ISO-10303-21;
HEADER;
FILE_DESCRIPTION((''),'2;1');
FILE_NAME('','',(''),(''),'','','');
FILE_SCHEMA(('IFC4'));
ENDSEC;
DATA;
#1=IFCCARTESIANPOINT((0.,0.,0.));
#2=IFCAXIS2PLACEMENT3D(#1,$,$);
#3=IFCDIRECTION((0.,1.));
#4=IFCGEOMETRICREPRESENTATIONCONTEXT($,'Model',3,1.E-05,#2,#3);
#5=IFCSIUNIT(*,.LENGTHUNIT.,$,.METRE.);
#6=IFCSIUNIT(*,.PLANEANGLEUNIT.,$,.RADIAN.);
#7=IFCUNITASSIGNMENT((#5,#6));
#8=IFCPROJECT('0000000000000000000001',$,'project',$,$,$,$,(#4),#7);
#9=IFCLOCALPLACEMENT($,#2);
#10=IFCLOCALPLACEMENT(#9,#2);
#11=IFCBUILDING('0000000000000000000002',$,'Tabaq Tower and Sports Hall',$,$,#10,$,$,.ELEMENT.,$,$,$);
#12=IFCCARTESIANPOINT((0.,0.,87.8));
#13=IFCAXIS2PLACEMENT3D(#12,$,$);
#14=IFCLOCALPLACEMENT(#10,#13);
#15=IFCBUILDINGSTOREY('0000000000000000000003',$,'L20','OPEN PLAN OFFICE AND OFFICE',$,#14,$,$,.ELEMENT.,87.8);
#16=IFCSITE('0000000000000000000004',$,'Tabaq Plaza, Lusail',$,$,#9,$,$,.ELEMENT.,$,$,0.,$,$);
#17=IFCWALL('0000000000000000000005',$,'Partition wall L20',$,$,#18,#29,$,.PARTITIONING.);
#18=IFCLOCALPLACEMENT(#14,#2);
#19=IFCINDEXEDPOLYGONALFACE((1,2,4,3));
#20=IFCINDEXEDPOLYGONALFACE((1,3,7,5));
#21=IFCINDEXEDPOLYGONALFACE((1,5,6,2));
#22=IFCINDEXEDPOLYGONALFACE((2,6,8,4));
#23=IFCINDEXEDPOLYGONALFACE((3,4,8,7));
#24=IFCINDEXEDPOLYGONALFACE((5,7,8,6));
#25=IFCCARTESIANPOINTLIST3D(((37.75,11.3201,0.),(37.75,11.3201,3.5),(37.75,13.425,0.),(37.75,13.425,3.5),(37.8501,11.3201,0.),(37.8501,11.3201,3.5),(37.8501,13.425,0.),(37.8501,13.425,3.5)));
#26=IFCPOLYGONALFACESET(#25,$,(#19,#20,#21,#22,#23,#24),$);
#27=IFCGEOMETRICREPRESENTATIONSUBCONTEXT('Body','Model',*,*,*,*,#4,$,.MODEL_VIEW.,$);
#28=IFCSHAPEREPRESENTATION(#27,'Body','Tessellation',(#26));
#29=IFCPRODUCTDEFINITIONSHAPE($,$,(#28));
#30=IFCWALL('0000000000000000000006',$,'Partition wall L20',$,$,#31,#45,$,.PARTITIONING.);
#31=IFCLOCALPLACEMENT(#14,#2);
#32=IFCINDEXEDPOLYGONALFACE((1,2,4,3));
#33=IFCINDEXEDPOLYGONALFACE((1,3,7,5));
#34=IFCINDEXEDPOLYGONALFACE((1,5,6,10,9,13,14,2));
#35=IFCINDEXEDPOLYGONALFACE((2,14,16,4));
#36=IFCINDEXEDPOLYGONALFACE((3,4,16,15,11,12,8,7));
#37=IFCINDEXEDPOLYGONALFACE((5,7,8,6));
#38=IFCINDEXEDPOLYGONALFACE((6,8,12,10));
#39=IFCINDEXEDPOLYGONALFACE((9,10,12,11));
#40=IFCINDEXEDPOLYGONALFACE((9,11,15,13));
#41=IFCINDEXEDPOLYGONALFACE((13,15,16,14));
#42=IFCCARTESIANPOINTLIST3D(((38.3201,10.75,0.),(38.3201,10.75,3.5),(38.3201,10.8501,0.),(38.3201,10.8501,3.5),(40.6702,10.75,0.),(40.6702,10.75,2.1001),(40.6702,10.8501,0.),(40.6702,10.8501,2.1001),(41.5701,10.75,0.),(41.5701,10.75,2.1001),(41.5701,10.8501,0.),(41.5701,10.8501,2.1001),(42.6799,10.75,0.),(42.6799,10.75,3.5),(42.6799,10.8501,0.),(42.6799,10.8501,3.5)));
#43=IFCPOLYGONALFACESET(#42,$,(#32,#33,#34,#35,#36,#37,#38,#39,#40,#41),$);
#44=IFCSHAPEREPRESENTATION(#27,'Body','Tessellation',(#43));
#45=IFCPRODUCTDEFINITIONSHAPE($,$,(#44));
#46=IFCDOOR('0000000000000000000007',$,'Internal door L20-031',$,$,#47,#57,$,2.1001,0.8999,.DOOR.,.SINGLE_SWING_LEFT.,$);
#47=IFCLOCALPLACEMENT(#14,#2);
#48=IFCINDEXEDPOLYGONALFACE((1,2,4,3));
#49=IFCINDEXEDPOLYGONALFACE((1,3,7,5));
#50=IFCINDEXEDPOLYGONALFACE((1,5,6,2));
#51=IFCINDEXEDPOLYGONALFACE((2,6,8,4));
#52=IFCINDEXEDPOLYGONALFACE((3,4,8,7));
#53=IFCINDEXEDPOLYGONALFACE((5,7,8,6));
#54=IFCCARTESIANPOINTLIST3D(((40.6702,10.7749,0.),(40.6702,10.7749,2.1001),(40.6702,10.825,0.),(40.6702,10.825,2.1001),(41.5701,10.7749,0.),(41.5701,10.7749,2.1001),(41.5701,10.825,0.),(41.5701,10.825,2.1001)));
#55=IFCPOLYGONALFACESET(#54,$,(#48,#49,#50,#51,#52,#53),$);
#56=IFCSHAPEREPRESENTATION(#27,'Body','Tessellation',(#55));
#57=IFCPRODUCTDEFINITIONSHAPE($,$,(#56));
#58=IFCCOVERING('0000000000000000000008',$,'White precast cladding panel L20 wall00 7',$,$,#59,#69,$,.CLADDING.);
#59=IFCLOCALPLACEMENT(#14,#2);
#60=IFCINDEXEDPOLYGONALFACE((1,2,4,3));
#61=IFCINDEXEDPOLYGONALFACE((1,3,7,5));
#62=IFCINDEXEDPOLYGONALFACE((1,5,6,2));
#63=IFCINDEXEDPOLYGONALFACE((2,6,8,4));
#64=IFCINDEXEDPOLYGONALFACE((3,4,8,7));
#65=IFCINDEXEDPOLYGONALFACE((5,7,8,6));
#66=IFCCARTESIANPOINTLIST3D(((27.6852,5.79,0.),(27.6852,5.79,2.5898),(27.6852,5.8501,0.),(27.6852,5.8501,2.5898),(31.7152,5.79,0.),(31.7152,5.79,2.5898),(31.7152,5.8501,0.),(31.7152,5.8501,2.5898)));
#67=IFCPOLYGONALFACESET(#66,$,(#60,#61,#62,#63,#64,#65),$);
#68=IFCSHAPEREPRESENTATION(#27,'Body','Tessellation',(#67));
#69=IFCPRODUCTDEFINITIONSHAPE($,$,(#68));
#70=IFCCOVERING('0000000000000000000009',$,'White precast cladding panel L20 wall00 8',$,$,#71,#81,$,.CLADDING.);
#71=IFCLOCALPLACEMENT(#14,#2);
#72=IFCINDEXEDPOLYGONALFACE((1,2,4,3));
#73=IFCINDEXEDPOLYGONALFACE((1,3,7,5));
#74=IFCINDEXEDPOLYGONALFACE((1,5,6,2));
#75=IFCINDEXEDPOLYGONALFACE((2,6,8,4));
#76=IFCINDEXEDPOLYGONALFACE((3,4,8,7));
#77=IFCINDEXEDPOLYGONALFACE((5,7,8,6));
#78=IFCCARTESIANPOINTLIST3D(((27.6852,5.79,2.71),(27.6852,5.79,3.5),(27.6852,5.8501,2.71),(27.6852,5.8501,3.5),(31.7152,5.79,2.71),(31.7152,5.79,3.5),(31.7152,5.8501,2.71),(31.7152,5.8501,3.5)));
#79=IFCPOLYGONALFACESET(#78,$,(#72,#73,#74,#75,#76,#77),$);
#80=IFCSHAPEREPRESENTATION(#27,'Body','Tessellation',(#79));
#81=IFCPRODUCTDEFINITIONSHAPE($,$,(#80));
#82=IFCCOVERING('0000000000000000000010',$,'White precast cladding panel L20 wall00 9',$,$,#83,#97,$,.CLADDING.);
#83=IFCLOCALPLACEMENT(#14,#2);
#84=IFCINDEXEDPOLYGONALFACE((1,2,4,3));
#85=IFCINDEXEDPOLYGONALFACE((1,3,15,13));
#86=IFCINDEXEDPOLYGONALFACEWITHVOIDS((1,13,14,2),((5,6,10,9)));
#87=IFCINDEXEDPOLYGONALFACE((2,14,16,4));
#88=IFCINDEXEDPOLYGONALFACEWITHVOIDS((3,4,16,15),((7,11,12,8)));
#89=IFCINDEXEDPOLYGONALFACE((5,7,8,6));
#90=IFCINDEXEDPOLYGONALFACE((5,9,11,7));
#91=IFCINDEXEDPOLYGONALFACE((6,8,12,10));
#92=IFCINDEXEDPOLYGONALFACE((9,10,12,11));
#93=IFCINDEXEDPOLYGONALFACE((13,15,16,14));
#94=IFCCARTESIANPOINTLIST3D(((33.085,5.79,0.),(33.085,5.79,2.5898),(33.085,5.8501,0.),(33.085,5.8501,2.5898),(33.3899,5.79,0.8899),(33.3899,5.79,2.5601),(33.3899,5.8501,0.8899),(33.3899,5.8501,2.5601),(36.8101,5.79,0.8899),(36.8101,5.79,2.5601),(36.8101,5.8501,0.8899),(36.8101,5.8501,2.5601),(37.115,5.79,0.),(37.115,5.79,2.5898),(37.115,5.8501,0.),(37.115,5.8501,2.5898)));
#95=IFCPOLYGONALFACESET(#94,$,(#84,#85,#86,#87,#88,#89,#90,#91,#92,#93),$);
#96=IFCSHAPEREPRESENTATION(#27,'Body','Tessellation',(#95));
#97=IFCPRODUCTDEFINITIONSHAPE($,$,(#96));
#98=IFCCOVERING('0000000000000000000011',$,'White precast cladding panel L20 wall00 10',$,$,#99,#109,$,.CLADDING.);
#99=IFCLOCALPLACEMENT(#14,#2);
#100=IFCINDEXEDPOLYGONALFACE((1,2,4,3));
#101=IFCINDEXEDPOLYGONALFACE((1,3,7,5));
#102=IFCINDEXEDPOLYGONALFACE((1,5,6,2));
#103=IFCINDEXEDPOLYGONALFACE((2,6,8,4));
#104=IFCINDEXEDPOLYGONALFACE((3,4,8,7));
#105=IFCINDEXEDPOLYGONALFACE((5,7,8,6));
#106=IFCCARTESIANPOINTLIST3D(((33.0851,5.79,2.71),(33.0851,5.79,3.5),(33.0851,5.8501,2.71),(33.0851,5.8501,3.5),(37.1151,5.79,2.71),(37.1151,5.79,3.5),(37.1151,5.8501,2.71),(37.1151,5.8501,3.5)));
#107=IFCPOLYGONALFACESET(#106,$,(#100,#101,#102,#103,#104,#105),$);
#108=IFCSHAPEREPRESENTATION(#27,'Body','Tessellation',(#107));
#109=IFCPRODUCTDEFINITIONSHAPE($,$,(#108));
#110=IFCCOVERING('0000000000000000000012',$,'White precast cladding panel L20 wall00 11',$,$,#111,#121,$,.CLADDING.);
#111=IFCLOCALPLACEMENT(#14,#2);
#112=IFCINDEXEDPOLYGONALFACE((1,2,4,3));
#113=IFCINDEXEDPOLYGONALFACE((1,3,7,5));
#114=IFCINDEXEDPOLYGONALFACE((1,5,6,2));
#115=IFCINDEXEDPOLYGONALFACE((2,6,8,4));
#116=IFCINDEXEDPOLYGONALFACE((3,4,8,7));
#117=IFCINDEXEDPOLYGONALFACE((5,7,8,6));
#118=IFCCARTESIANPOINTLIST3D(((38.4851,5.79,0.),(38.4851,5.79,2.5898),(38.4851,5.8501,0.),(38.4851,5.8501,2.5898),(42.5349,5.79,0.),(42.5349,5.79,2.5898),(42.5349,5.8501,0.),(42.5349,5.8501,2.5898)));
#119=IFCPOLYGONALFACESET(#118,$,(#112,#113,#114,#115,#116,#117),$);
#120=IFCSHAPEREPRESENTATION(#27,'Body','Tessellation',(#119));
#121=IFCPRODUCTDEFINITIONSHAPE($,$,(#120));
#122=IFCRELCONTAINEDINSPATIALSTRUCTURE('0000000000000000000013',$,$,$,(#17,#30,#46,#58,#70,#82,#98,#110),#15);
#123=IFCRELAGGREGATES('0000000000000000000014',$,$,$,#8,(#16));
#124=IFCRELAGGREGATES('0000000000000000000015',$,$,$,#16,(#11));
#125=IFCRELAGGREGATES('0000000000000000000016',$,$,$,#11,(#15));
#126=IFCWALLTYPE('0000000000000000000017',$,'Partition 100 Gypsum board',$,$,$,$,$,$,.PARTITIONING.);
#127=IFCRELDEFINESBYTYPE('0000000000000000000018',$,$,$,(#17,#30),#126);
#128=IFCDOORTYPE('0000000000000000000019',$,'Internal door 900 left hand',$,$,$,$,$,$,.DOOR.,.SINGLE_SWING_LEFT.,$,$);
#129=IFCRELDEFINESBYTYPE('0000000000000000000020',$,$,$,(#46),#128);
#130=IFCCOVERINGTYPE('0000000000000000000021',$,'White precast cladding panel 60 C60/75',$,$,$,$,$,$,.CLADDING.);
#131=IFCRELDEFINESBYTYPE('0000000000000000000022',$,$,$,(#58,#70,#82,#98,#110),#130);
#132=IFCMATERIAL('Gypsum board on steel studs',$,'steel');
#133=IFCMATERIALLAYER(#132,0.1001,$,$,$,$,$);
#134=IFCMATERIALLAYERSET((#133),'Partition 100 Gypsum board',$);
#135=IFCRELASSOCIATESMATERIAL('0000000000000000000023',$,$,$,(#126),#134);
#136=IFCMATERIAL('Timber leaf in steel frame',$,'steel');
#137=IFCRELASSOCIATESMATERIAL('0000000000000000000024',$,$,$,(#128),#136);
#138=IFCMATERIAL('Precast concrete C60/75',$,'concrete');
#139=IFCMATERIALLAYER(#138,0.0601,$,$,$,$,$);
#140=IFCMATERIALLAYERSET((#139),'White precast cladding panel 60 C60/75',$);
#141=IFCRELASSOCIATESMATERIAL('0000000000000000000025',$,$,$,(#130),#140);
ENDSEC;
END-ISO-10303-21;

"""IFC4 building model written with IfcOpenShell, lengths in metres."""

from ifc_helpers import new_model, si_unit, direction, frame, frame_2d, origin, place, context, subcontext, project, spatial, polyline, rectangle, outline, extrude, material, layer, layer_set, type_object, element, fill, save


model = new_model("IFC4")

# Units and contexts
model_context = context("Model", 3, precision=1e-05, world=origin(), true_north=direction((0.0, 1.0)))
body_context = subcontext(model_context, "Body", "Model", "MODEL_VIEW")
ifc_project = project(units=[si_unit("LENGTHUNIT", "METRE"), si_unit("PLANEANGLEUNIT", "RADIAN")], contexts=[model_context])

# Site, building, storey
site_placement = place(None, origin())
site = spatial("IfcSite", under=ifc_project, at=site_placement, Name="Tabaq Plaza, Lusail", CompositionType="ELEMENT", RefElevation=0.0)
building_placement = place(site_placement, origin())
building = spatial("IfcBuilding", under=site, at=building_placement, Name="Tabaq Tower and Sports Hall", CompositionType="ELEMENT")
storey_placement = place(building_placement, frame((0.0, 0.0, 87.8)))
storey = spatial("IfcBuildingStorey", under=building, at=storey_placement, Name="L20", Description="OPEN PLAN OFFICE AND OFFICE", CompositionType="ELEMENT", Elevation=87.8)

# Shared definitions
ifc_material_1 = material(Name="Gypsum board on steel studs", Category="steel")
ifc_layer_1 = layer(ifc_material_1, 0.1001)
ifc_layer_set_1 = layer_set([ifc_layer_1], Name="Partition 100 Gypsum board")
wall_type = type_object("IfcWallType", Name="Partition 100 Gypsum board", PredefinedType="PARTITIONING", material=ifc_layer_set_1)

# Shared definitions
ifc_material_2 = material(Name="Timber leaf in steel frame", Category="steel")
door_type = type_object("IfcDoorType", Name="Internal door 900 left hand", OperationType="SINGLE_SWING_LEFT", PredefinedType="DOOR", material=ifc_material_2)

# Wall
wall_1_placement = place(storey_placement, frame((37.8, 11.3201, 0.0), z_axis=(0.0, 0.0, 1.0), x_axis=(0.0, 1.0, 0.0)))
element("IfcWall", 1, at=wall_1_placement, inside=storey, type_object=wall_type, Name="Partition wall L20", PredefinedType="PARTITIONING", context=body_context, shape_type="SweptSolid", body=[
    extrude(rectangle(XDim=2.105, YDim=0.1001, at=frame_2d((1.0525, 0.0))), origin(), (0.0, 0.0, 1.0), 3.5),
])

# Wall, opening, door
wall_2_placement = place(storey_placement, frame((38.3201, 10.8, 0.0), z_axis=(0.0, 0.0, 1.0), x_axis=(1.0, 0.0, 0.0)))
wall_2 = element("IfcWall", 2, at=wall_2_placement, inside=storey, type_object=wall_type, Name="Partition wall L20", PredefinedType="PARTITIONING", context=body_context, shape_type="SweptSolid", body=[
    extrude(rectangle(XDim=4.3599, YDim=0.1001, at=frame_2d((2.1799, 0.0))), origin(), (0.0, 0.0, 1.0), 3.5),
])
opening_1_placement = place(wall_2_placement, frame((2.3501, 0.0, 0.0)))
opening_1 = element("IfcOpeningElement", 3, at=opening_1_placement, cuts=wall_2, PredefinedType="OPENING", context=body_context, shape_type="SweptSolid", body=[
    extrude(rectangle(XDim=0.8999, YDim=2.1001, at=frame_2d((0.45, 1.05))), frame((0.0, 0.05, 0.0), z_axis=(0.0, -1.0, 0.0), x_axis=(1.0, 0.0, 0.0)), (0.0, 0.0, 1.0), 0.1001),
])
door_1_placement = place(opening_1_placement, origin())
door_1 = element("IfcDoor", 4, at=door_1_placement, inside=storey, type_object=door_type, Name="Internal door L20-031", OperationType="SINGLE_SWING_LEFT", OverallHeight=2.1001, OverallWidth=0.8999, PredefinedType="DOOR", context=body_context, shape_type="SweptSolid", body=[
    extrude(rectangle(XDim=0.8999, YDim=2.1001, at=frame_2d((0.45, 1.05))), frame((0.0, 0.0249, 0.0), z_axis=(0.0, -1.0, 0.0), x_axis=(1.0, 0.0, 0.0)), (0.0, 0.0, 1.0), 0.05),
])
fill(opening_1, door_1)

# Coverings
ifc_material_3 = material(Name="Precast concrete C60/75", Category="concrete")
ifc_layer_2 = layer(ifc_material_3, 0.0601)
ifc_layer_set_2 = layer_set([ifc_layer_2], Name="White precast cladding panel 60 C60/75")
covering_type = type_object("IfcCoveringType", Name="White precast cladding panel 60 C60/75", PredefinedType="CLADDING", material=ifc_layer_set_2)
covering_1_placement = place(storey_placement, frame((27.6851, 5.8201, 0.0), z_axis=(0.0, 0.0, 1.0), x_axis=(1.0, 0.0, 0.0)))
element("IfcCovering", 5, at=covering_1_placement, inside=storey, type_object=covering_type, Name="White precast cladding panel L20 wall00 7", PredefinedType="CLADDING", context=body_context, shape_type="SweptSolid", body=[
    extrude(rectangle(XDim=4.03, YDim=0.0601, at=frame_2d((2.0151, 0.0))), origin(), (0.0, 0.0, 1.0), 2.5898),
])
covering_2_placement = place(storey_placement, frame((27.6851, 5.8201, 2.71), z_axis=(0.0, 0.0, 1.0), x_axis=(1.0, 0.0, 0.0)))
element("IfcCovering", 6, at=covering_2_placement, inside=storey, type_object=covering_type, Name="White precast cladding panel L20 wall00 8", PredefinedType="CLADDING", context=body_context, shape_type="SweptSolid", body=[
    extrude(rectangle(XDim=4.03, YDim=0.0601, at=frame_2d((2.0151, 0.0))), origin(), (0.0, 0.0, 1.0), 0.79),
])
covering_3_placement = place(storey_placement, frame((33.085, 5.8201, 0.0), z_axis=(0.0, 0.0, 1.0), x_axis=(1.0, 0.0, 0.0)))
element("IfcCovering", 7, at=covering_3_placement, inside=storey, type_object=covering_type, Name="White precast cladding panel L20 wall00 9", PredefinedType="CLADDING", context=body_context, shape_type="SweptSolid", body=[
    extrude(outline(polyline([(0.0, 0.0), (4.03, 0.0), (4.03, 2.5898), (0.0, 2.5898), (0.0, 0.0)]), holes=[polyline([(3.7251, 0.8899), (0.3049, 0.8899), (0.3049, 2.5601), (3.7251, 2.5601), (3.7251, 0.8899)])]), frame((0.0, 0.03, 0.0), z_axis=(0.0, -1.0, 0.0), x_axis=(1.0, 0.0, 0.0)), (0.0, 0.0, 1.0), 0.0601),
])
covering_4_placement = place(storey_placement, frame((33.085, 5.8201, 2.71), z_axis=(0.0, 0.0, 1.0), x_axis=(1.0, 0.0, 0.0)))
element("IfcCovering", 8, at=covering_4_placement, inside=storey, type_object=covering_type, Name="White precast cladding panel L20 wall00 10", PredefinedType="CLADDING", context=body_context, shape_type="SweptSolid", body=[
    extrude(rectangle(XDim=4.03, YDim=0.0601, at=frame_2d((2.0151, 0.0))), origin(), (0.0, 0.0, 1.0), 0.79),
])
covering_5_placement = place(storey_placement, frame((38.4851, 5.8201, 0.0), z_axis=(0.0, 0.0, 1.0), x_axis=(1.0, 0.0, 0.0)))
element("IfcCovering", 9, at=covering_5_placement, inside=storey, type_object=covering_type, Name="White precast cladding panel L20 wall00 11", PredefinedType="CLADDING", context=body_context, shape_type="SweptSolid", body=[
    extrude(rectangle(XDim=4.0498, YDim=0.0601, at=frame_2d((2.0249, 0.0))), origin(), (0.0, 0.0, 1.0), 2.5898),
])

save(model, "model.ifc")
